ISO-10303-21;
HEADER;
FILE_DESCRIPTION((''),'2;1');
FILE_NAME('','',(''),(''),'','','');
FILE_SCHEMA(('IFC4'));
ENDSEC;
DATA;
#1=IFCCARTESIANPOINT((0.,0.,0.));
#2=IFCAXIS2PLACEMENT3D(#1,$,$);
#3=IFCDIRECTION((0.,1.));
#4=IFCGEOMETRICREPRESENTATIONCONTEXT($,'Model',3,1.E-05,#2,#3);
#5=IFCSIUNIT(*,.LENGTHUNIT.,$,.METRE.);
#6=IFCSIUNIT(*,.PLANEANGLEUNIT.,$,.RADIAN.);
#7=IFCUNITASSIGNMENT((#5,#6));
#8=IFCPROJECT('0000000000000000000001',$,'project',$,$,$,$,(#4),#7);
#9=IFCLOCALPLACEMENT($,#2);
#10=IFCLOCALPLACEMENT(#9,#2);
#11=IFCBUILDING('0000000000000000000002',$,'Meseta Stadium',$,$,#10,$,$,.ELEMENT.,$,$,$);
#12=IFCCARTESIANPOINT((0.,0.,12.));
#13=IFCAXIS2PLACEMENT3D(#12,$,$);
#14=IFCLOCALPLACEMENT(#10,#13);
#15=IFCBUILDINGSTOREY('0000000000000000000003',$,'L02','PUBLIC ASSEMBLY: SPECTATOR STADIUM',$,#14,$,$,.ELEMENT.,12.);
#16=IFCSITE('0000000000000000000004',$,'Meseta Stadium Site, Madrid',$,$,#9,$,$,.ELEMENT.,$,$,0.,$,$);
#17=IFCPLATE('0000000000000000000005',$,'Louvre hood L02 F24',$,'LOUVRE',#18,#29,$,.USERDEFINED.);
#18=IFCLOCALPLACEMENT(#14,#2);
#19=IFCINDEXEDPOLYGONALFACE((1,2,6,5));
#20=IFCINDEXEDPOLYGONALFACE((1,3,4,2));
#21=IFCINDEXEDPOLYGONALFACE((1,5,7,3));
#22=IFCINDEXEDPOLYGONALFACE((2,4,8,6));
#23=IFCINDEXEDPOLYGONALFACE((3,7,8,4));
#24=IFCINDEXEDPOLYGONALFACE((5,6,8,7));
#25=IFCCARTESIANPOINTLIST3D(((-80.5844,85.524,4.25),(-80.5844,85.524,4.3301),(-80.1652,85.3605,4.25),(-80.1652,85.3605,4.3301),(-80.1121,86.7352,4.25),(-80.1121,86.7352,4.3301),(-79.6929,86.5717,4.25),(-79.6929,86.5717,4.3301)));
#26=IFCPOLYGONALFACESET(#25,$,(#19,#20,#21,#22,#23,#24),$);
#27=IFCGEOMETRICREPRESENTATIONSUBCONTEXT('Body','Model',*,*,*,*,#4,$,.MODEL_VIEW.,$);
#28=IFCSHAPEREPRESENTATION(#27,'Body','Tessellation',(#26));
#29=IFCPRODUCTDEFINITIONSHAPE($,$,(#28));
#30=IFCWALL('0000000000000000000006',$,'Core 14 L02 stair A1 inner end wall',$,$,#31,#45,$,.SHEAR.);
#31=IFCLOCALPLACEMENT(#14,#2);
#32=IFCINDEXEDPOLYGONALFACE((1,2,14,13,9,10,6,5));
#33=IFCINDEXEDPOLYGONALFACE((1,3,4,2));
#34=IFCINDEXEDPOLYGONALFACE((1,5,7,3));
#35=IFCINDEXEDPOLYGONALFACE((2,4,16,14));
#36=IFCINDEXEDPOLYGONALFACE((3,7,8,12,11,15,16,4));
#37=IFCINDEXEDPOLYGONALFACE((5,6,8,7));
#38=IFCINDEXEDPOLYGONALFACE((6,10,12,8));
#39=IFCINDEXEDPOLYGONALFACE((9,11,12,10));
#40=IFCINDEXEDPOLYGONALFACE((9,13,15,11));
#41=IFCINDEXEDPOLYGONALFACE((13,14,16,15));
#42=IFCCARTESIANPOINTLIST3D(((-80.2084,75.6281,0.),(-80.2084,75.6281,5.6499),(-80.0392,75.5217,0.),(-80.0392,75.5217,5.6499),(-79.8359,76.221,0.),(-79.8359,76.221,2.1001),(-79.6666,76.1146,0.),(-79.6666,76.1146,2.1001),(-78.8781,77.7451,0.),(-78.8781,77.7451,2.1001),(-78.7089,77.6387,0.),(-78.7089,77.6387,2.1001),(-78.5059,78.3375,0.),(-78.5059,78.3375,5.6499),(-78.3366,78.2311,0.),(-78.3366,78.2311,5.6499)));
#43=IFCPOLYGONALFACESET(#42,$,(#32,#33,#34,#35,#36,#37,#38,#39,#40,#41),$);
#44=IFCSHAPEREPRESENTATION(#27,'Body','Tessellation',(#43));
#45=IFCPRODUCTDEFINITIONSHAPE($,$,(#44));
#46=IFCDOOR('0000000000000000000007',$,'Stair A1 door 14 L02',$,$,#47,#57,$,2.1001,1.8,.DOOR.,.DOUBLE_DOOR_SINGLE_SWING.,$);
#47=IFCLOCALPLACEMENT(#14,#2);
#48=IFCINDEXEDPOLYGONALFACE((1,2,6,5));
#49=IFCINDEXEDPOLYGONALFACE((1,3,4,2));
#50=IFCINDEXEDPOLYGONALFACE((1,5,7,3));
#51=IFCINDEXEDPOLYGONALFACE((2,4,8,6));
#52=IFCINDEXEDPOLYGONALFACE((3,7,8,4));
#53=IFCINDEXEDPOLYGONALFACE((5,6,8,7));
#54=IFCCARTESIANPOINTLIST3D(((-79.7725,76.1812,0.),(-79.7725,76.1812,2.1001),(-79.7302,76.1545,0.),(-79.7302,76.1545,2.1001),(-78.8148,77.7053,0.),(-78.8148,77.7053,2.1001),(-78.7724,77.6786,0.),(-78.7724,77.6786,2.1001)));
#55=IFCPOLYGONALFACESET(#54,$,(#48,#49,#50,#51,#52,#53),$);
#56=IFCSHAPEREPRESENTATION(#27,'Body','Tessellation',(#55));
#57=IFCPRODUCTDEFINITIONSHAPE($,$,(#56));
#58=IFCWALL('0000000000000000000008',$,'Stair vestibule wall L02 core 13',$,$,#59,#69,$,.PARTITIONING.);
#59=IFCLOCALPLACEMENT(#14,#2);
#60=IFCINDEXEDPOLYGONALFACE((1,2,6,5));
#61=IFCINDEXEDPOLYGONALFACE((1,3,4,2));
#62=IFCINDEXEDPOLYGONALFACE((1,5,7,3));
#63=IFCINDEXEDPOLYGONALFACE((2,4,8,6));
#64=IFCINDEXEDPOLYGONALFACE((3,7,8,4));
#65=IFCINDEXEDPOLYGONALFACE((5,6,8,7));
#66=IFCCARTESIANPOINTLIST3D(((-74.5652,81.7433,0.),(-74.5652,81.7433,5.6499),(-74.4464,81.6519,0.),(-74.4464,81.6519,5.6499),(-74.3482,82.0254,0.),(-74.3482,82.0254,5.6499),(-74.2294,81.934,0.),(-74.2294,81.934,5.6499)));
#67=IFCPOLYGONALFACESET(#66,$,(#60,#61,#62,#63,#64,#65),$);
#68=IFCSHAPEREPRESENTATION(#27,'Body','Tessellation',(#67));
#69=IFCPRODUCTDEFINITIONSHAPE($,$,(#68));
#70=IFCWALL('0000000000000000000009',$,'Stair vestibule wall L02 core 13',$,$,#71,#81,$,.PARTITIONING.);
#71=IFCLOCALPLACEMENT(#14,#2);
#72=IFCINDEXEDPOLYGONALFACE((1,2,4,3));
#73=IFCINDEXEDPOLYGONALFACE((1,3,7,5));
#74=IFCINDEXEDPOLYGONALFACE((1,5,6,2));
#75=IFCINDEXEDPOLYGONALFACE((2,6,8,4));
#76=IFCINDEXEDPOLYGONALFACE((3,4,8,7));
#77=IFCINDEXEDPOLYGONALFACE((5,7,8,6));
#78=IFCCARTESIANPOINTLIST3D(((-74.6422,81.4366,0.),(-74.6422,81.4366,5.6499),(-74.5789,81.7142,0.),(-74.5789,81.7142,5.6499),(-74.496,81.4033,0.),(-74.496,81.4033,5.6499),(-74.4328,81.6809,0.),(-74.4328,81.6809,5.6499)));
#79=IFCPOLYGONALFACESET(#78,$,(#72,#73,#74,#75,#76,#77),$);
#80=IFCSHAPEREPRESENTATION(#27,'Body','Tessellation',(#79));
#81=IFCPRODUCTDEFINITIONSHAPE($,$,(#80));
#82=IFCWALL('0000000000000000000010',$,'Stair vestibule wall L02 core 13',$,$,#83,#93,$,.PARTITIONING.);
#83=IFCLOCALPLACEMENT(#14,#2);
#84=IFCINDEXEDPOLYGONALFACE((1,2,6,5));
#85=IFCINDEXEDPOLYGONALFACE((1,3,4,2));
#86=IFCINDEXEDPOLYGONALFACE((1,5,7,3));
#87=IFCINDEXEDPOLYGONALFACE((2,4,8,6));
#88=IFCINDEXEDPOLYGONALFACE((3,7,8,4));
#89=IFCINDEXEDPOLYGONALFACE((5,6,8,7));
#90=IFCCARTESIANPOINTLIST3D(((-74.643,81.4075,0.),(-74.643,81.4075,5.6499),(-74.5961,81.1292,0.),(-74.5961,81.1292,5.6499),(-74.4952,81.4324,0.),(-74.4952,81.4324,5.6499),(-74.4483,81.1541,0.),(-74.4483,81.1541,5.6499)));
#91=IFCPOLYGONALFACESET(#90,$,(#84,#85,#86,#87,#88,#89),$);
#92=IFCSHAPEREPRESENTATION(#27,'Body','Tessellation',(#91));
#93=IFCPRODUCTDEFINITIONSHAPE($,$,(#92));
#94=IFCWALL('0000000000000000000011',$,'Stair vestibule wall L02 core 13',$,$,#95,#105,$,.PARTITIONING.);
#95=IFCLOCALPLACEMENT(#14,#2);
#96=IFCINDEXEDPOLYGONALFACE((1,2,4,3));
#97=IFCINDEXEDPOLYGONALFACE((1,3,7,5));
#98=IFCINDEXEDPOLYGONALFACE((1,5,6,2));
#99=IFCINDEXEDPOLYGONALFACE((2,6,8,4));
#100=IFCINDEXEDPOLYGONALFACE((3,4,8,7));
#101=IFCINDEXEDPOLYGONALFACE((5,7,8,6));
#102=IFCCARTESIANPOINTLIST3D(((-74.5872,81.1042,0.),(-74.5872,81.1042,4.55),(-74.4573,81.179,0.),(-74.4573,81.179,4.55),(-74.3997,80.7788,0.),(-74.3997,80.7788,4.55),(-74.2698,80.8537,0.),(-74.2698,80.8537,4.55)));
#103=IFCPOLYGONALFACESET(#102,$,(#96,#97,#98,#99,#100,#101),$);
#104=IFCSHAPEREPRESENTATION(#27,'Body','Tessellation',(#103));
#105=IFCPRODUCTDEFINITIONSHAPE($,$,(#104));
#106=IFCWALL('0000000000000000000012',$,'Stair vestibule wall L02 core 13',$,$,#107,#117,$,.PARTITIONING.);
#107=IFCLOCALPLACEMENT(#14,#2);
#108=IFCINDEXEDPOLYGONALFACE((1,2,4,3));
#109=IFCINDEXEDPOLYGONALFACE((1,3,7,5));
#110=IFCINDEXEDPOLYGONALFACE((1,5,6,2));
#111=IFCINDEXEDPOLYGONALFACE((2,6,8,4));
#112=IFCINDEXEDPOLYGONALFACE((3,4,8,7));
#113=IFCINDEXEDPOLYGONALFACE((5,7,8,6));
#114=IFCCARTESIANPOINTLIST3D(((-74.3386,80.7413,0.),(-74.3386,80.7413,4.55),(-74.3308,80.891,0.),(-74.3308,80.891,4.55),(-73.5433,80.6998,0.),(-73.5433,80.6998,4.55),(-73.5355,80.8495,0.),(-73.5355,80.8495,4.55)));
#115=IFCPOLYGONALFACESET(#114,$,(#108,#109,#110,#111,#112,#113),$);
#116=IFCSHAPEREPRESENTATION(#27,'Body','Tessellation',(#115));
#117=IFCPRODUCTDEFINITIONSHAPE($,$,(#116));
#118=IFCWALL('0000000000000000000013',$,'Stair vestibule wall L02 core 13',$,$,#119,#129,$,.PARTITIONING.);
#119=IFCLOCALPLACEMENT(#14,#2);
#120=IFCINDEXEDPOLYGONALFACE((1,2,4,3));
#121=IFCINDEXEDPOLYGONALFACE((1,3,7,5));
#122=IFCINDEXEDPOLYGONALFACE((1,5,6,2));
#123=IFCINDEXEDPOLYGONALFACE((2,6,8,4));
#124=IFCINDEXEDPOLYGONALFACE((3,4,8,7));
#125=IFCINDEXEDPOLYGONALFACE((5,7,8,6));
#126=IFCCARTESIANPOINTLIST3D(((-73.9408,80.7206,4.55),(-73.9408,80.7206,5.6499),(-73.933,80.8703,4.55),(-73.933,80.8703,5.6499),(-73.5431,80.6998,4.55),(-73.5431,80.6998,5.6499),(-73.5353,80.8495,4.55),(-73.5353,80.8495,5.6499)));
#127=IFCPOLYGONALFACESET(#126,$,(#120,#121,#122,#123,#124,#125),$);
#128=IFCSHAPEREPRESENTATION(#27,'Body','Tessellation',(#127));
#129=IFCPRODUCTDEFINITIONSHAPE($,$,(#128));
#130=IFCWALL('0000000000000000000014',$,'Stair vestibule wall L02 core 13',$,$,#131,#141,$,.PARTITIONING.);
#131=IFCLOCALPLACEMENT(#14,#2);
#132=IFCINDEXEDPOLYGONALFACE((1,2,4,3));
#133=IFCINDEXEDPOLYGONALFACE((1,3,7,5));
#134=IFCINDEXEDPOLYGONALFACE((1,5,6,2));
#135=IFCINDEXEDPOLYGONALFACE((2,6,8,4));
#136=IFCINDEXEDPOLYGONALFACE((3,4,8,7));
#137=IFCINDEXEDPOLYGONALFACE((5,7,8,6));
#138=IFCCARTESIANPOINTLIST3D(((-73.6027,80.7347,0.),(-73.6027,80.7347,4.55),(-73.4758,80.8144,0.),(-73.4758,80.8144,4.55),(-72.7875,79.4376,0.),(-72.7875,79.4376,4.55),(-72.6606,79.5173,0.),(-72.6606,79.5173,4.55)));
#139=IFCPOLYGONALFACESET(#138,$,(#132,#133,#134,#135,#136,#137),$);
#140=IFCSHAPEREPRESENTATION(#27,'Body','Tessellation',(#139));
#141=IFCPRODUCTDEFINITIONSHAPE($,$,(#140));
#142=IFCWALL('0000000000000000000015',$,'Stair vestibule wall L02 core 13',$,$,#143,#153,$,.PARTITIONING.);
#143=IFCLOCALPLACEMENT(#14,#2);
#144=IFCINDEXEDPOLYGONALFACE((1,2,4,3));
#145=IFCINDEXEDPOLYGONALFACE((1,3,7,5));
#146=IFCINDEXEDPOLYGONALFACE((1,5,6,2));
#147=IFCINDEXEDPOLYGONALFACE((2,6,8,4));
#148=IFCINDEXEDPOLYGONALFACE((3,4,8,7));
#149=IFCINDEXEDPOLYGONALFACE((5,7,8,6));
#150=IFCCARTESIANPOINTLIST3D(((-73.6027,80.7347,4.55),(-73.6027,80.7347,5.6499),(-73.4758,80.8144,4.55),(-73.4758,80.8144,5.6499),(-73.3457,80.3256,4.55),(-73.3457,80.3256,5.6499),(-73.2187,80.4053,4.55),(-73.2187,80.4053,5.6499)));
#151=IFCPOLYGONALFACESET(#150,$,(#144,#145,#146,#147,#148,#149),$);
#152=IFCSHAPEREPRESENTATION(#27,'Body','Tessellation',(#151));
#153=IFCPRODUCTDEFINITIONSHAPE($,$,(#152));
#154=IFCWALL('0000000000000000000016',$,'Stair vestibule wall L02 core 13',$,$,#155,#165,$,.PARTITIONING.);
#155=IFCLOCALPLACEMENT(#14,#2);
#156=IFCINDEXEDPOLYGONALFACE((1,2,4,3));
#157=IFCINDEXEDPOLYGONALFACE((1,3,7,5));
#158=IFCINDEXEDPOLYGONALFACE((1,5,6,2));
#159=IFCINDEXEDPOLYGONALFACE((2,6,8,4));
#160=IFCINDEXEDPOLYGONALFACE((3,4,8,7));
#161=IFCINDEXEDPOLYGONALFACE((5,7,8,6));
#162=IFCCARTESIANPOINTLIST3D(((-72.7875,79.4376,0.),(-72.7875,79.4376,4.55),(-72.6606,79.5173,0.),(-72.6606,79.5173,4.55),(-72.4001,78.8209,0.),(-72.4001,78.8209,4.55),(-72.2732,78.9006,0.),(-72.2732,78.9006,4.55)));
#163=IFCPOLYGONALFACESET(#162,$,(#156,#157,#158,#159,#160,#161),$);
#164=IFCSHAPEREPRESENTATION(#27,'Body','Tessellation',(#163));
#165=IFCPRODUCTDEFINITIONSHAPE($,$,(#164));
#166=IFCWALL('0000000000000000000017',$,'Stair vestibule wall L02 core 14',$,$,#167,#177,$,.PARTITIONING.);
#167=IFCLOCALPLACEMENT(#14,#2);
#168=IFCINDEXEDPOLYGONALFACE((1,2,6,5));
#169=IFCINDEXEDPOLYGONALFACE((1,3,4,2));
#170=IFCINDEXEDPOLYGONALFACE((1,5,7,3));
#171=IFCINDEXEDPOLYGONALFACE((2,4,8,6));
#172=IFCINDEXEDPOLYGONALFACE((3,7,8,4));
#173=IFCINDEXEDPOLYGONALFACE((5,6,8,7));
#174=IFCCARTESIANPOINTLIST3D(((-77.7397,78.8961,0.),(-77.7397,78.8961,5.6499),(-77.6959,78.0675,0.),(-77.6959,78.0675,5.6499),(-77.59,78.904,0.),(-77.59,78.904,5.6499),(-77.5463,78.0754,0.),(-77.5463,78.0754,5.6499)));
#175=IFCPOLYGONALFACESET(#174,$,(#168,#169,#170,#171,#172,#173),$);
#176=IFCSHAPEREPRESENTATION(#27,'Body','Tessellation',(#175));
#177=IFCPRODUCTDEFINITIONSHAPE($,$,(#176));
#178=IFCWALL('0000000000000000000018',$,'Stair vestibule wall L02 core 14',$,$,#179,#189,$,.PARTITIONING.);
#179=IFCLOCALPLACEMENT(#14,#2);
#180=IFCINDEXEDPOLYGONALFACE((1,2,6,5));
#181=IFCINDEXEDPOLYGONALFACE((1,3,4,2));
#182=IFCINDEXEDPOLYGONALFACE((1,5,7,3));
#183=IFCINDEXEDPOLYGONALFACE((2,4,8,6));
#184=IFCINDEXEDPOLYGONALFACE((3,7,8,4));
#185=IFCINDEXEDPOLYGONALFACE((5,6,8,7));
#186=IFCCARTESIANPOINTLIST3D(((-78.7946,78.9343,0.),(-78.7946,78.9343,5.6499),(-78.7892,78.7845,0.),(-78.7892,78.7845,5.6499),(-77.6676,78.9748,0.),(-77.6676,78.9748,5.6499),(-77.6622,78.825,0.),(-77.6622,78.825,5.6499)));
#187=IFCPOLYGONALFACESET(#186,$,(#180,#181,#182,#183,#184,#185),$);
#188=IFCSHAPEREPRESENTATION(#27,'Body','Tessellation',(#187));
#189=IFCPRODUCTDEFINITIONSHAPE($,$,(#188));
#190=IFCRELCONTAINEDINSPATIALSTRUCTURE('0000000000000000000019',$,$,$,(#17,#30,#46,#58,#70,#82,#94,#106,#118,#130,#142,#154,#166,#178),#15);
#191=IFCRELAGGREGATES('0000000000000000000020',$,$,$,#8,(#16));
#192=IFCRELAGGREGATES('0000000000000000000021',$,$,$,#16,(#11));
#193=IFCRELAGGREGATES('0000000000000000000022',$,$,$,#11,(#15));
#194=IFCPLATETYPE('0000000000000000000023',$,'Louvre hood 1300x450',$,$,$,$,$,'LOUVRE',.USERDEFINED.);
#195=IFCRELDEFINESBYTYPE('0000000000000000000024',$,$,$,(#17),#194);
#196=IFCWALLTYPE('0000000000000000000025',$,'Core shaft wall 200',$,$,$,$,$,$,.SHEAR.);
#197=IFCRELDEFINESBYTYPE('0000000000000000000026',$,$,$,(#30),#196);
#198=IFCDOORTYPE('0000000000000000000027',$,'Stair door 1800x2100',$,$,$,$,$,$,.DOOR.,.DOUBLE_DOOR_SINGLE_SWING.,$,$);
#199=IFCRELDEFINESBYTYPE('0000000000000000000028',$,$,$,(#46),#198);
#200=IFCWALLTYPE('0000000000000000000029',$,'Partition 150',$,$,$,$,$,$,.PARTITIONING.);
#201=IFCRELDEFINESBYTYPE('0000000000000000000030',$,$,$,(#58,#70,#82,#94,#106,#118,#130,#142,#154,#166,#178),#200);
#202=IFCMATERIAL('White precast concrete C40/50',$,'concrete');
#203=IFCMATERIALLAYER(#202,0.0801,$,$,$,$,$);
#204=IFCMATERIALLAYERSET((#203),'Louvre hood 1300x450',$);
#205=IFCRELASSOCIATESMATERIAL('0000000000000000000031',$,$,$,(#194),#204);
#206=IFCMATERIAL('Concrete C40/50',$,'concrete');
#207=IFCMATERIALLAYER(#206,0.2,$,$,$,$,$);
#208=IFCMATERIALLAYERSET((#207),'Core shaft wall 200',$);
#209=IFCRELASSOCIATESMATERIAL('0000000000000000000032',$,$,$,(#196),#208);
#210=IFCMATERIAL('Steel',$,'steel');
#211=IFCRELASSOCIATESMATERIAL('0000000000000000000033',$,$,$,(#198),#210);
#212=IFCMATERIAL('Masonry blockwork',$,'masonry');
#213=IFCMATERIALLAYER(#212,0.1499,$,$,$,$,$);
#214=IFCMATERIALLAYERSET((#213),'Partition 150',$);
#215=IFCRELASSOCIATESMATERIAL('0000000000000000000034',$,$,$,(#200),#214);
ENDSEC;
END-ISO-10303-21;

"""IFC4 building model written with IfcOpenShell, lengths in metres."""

from ifc_helpers import new_model, si_unit, direction, frame, frame_2d, origin, origin_2d, place, context, subcontext, project, spatial, rectangle, extrude, material, layer, layer_set, type_object, element, fill, save


model = new_model("IFC4")

# Units and contexts
model_context = context("Model", 3, precision=1e-05, world=origin(), true_north=direction((0.0, 1.0)))
body_context = subcontext(model_context, "Body", "Model", "MODEL_VIEW")
ifc_project = project(units=[si_unit("LENGTHUNIT", "METRE"), si_unit("PLANEANGLEUNIT", "RADIAN")], contexts=[model_context])

# Site, building, storey
site_placement = place(None, origin())
site = spatial("IfcSite", under=ifc_project, at=site_placement, Name="Meseta Stadium Site, Madrid", CompositionType="ELEMENT", RefElevation=0.0)
building_placement = place(site_placement, origin())
building = spatial("IfcBuilding", under=site, at=building_placement, Name="Meseta Stadium", CompositionType="ELEMENT")
storey_placement = place(building_placement, frame((0.0, 0.0, 12.0)))
storey = spatial("IfcBuildingStorey", under=building, at=storey_placement, Name="L02", Description="PUBLIC ASSEMBLY: SPECTATOR STADIUM", CompositionType="ELEMENT", Elevation=12.0)

# Plate
ifc_material_1 = material(Name="White precast concrete C40/50", Category="concrete")
ifc_layer_1 = layer(ifc_material_1, 0.0801)
ifc_layer_set_1 = layer_set([ifc_layer_1], Name="Louvre hood 1300x450")
plate_type = type_object("IfcPlateType", Name="Louvre hood 1300x450", ElementType="LOUVRE", PredefinedType="USERDEFINED", material=ifc_layer_set_1)
plate_placement = place(storey_placement, frame((-80.1387, 86.0479, 4.25), z_axis=(0.0, 0.0, 1.0), x_axis=(-0.36328, -0.93168, 0.0)))
element("IfcPlate", 1, at=plate_placement, inside=storey, type_object=plate_type, Name="Louvre hood L02 F24", ObjectType="LOUVRE", PredefinedType="USERDEFINED", context=body_context, shape_type="SweptSolid", body=[
    extrude(rectangle(XDim=1.3, YDim=0.45, at=origin_2d()), origin(), (0.0, 0.0, 1.0), 0.0801),
])

# Wall, opening, door
ifc_material_2 = material(Name="Concrete C40/50", Category="concrete")
ifc_layer_2 = layer(ifc_material_2, 0.2)
ifc_layer_set_2 = layer_set([ifc_layer_2], Name="Core shaft wall 200")
wall_type_1 = type_object("IfcWallType", Name="Core shaft wall 200", PredefinedType="SHEAR", material=ifc_layer_set_2)
wall_1_placement = place(storey_placement, frame((-78.4211, 78.2844, 0.0), z_axis=(0.0, 0.0, 1.0), x_axis=(-0.532068, -0.846701, 0.0)))
wall_1 = element("IfcWall", 2, at=wall_1_placement, inside=storey, type_object=wall_type_1, Name="Core 14 L02 stair A1 inner end wall", PredefinedType="SHEAR", context=body_context, shape_type="SweptSolid", body=[
    extrude(rectangle(XDim=3.2, YDim=0.2, at=frame_2d((1.6001, 0.0))), origin(), (0.0, 0.0, 1.0), 5.6499),
])
opening_placement = place(wall_1_placement, frame((0.7, 0.0, 0.0)))
opening = element("IfcOpeningElement", 3, at=opening_placement, cuts=wall_1, PredefinedType="OPENING", context=body_context, shape_type="SweptSolid", body=[
    extrude(rectangle(XDim=1.8, YDim=2.1001, at=frame_2d((0.8999, 1.05))), frame((0.0, 0.1099, 0.0), z_axis=(0.0, -1.0, 0.0), x_axis=(1.0, 0.0, 0.0)), (0.0, 0.0, 1.0), 0.22),
])
ifc_material_3 = material(Name="Steel", Category="steel")
door_type = type_object("IfcDoorType", Name="Stair door 1800x2100", OperationType="DOUBLE_DOOR_SINGLE_SWING", PredefinedType="DOOR", material=ifc_material_3)
door_placement = place(opening_placement, origin())
door = element("IfcDoor", 4, at=door_placement, inside=storey, type_object=door_type, Name="Stair A1 door 14 L02", OperationType="DOUBLE_DOOR_SINGLE_SWING", OverallHeight=2.1001, OverallWidth=1.8, PredefinedType="DOOR", context=body_context, shape_type="SweptSolid", body=[
    extrude(rectangle(XDim=1.8, YDim=2.1001, at=frame_2d((0.8999, 1.05))), frame((0.0, 0.0249, 0.0), z_axis=(0.0, -1.0, 0.0), x_axis=(1.0, 0.0, 0.0)), (0.0, 0.0, 1.0), 0.05),
])
fill(opening, door)

# Walls
ifc_material_4 = material(Name="Masonry blockwork", Category="masonry")
ifc_layer_3 = layer(ifc_material_4, 0.1499)
ifc_layer_set_3 = layer_set([ifc_layer_3], Name="Partition 150")
wall_type_2 = type_object("IfcWallType", Name="Partition 150", PredefinedType="PARTITIONING", material=ifc_layer_set_3)
wall_2_placement = place(storey_placement, frame((-74.2888, 81.9797, 0.0), z_axis=(0.0, 0.0, 1.0), x_axis=(-0.609611, -0.7927, 0.0)))
element("IfcWall", 5, at=wall_2_placement, inside=storey, type_object=wall_type_2, Name="Stair vestibule wall L02 core 13", PredefinedType="PARTITIONING", context=body_context, shape_type="SweptSolid", body=[
    extrude(rectangle(XDim=0.356, YDim=0.1499, at=frame_2d((0.178, 0.0))), origin(), (0.0, 0.0, 1.0), 5.6499),
])
wall_3_placement = place(storey_placement, frame((-74.5059, 81.6975, 0.0), z_axis=(0.0, 0.0, 1.0), x_axis=(-0.222103, -0.975023, 0.0)))
element("IfcWall", 6, at=wall_3_placement, inside=storey, type_object=wall_type_2, Name="Stair vestibule wall L02 core 13", PredefinedType="PARTITIONING", context=body_context, shape_type="SweptSolid", body=[
    extrude(rectangle(XDim=0.2847, YDim=0.1499, at=frame_2d((0.1423, 0.0))), origin(), (0.0, 0.0, 1.0), 5.6499),
])
wall_4_placement = place(storey_placement, frame((-74.5691, 81.4199, 0.0), z_axis=(0.0, 0.0, 1.0), x_axis=(0.166082, -0.986112, 0.0)))
element("IfcWall", 7, at=wall_4_placement, inside=storey, type_object=wall_type_2, Name="Stair vestibule wall L02 core 13", PredefinedType="PARTITIONING", context=body_context, shape_type="SweptSolid", body=[
    extrude(rectangle(XDim=0.2822, YDim=0.1499, at=frame_2d((0.1411, 0.0))), origin(), (0.0, 0.0, 1.0), 5.6499),
])
wall_5_placement = place(storey_placement, frame((-74.5222, 81.1416, 0.0), z_axis=(0.0, 0.0, 1.0), x_axis=(0.499216, -0.866478, 0.0)))
element("IfcWall", 8, at=wall_5_placement, inside=storey, type_object=wall_type_2, Name="Stair vestibule wall L02 core 13", PredefinedType="PARTITIONING", context=body_context, shape_type="SweptSolid", body=[
    extrude(rectangle(XDim=0.3755, YDim=0.1499, at=frame_2d((0.1877, 0.0))), origin(), (0.0, 0.0, 1.0), 4.55),
])
wall_6_placement = place(storey_placement, frame((-74.3347, 80.8162, 0.0), z_axis=(0.0, 0.0, 1.0), x_axis=(0.998641, -0.052108, 0.0)))
element("IfcWall", 9, at=wall_6_placement, inside=storey, type_object=wall_type_2, Name="Stair vestibule wall L02 core 13", PredefinedType="PARTITIONING", context=body_context, shape_type="SweptSolid", body=[
    extrude(rectangle(XDim=0.7964, YDim=0.1499, at=frame_2d((0.3982, 0.0))), origin(), (0.0, 0.0, 1.0), 4.55),
])
wall_7_placement = place(storey_placement, frame((-73.937, 80.7954, 4.55), z_axis=(0.0, 0.0, 1.0), x_axis=(0.998641, -0.052108, 0.0)))
element("IfcWall", 10, at=wall_7_placement, inside=storey, type_object=wall_type_2, Name="Stair vestibule wall L02 core 13", PredefinedType="PARTITIONING", context=body_context, shape_type="SweptSolid", body=[
    extrude(rectangle(XDim=0.3982, YDim=0.1499, at=frame_2d((0.1992, 0.0))), origin(), (0.0, 0.0, 1.0), 1.0999),
])
wall_8_placement = place(storey_placement, frame((-73.5393, 80.7747, 0.0), z_axis=(0.0, 0.0, 1.0), x_axis=(0.532103, -0.84668, 0.0)))
element("IfcWall", 11, at=wall_8_placement, inside=storey, type_object=wall_type_2, Name="Stair vestibule wall L02 core 13", PredefinedType="PARTITIONING", context=body_context, shape_type="SweptSolid", body=[
    extrude(rectangle(XDim=1.532, YDim=0.1499, at=frame_2d((0.7661, 0.0))), origin(), (0.0, 0.0, 1.0), 4.55),
])
wall_9_placement = place(storey_placement, frame((-73.5393, 80.7747, 4.55), z_axis=(0.0, 0.0, 1.0), x_axis=(0.531996, -0.846747, 0.0)))
element("IfcWall", 12, at=wall_9_placement, inside=storey, type_object=wall_type_2, Name="Stair vestibule wall L02 core 13", PredefinedType="PARTITIONING", context=body_context, shape_type="SweptSolid", body=[
    extrude(rectangle(XDim=0.4832, YDim=0.1499, at=frame_2d((0.2417, 0.0))), origin(), (0.0, 0.0, 1.0), 1.0999),
])
wall_10_placement = place(storey_placement, frame((-72.7241, 79.4775, 0.0), z_axis=(0.0, 0.0, 1.0), x_axis=(0.531986, -0.846753, 0.0)))
element("IfcWall", 13, at=wall_10_placement, inside=storey, type_object=wall_type_2, Name="Stair vestibule wall L02 core 13", PredefinedType="PARTITIONING", context=body_context, shape_type="SweptSolid", body=[
    extrude(rectangle(XDim=0.7283, YDim=0.1499, at=frame_2d((0.3643, 0.0))), origin(), (0.0, 0.0, 1.0), 4.55),
])
wall_11_placement = place(storey_placement, frame((-77.6211, 78.0713, 0.0), z_axis=(0.0, 0.0, 1.0), x_axis=(-0.052667, 0.998612, 0.0)))
element("IfcWall", 14, at=wall_11_placement, inside=storey, type_object=wall_type_2, Name="Stair vestibule wall L02 core 14", PredefinedType="PARTITIONING", context=body_context, shape_type="SweptSolid", body=[
    extrude(rectangle(XDim=0.8298, YDim=0.1499, at=frame_2d((0.415, 0.0))), origin(), (0.0, 0.0, 1.0), 5.6499),
])
wall_12_placement = place(storey_placement, frame((-77.6648, 78.8999, 0.0), z_axis=(0.0, 0.0, 1.0), x_axis=(-0.999354, -0.035939, 0.0)))
element("IfcWall", 15, at=wall_12_placement, inside=storey, type_object=wall_type_2, Name="Stair vestibule wall L02 core 14", PredefinedType="PARTITIONING", context=body_context, shape_type="SweptSolid", body=[
    extrude(rectangle(XDim=1.1277, YDim=0.1499, at=frame_2d((0.564, 0.0))), origin(), (0.0, 0.0, 1.0), 5.6499),
])

save(model, "model.ifc")
